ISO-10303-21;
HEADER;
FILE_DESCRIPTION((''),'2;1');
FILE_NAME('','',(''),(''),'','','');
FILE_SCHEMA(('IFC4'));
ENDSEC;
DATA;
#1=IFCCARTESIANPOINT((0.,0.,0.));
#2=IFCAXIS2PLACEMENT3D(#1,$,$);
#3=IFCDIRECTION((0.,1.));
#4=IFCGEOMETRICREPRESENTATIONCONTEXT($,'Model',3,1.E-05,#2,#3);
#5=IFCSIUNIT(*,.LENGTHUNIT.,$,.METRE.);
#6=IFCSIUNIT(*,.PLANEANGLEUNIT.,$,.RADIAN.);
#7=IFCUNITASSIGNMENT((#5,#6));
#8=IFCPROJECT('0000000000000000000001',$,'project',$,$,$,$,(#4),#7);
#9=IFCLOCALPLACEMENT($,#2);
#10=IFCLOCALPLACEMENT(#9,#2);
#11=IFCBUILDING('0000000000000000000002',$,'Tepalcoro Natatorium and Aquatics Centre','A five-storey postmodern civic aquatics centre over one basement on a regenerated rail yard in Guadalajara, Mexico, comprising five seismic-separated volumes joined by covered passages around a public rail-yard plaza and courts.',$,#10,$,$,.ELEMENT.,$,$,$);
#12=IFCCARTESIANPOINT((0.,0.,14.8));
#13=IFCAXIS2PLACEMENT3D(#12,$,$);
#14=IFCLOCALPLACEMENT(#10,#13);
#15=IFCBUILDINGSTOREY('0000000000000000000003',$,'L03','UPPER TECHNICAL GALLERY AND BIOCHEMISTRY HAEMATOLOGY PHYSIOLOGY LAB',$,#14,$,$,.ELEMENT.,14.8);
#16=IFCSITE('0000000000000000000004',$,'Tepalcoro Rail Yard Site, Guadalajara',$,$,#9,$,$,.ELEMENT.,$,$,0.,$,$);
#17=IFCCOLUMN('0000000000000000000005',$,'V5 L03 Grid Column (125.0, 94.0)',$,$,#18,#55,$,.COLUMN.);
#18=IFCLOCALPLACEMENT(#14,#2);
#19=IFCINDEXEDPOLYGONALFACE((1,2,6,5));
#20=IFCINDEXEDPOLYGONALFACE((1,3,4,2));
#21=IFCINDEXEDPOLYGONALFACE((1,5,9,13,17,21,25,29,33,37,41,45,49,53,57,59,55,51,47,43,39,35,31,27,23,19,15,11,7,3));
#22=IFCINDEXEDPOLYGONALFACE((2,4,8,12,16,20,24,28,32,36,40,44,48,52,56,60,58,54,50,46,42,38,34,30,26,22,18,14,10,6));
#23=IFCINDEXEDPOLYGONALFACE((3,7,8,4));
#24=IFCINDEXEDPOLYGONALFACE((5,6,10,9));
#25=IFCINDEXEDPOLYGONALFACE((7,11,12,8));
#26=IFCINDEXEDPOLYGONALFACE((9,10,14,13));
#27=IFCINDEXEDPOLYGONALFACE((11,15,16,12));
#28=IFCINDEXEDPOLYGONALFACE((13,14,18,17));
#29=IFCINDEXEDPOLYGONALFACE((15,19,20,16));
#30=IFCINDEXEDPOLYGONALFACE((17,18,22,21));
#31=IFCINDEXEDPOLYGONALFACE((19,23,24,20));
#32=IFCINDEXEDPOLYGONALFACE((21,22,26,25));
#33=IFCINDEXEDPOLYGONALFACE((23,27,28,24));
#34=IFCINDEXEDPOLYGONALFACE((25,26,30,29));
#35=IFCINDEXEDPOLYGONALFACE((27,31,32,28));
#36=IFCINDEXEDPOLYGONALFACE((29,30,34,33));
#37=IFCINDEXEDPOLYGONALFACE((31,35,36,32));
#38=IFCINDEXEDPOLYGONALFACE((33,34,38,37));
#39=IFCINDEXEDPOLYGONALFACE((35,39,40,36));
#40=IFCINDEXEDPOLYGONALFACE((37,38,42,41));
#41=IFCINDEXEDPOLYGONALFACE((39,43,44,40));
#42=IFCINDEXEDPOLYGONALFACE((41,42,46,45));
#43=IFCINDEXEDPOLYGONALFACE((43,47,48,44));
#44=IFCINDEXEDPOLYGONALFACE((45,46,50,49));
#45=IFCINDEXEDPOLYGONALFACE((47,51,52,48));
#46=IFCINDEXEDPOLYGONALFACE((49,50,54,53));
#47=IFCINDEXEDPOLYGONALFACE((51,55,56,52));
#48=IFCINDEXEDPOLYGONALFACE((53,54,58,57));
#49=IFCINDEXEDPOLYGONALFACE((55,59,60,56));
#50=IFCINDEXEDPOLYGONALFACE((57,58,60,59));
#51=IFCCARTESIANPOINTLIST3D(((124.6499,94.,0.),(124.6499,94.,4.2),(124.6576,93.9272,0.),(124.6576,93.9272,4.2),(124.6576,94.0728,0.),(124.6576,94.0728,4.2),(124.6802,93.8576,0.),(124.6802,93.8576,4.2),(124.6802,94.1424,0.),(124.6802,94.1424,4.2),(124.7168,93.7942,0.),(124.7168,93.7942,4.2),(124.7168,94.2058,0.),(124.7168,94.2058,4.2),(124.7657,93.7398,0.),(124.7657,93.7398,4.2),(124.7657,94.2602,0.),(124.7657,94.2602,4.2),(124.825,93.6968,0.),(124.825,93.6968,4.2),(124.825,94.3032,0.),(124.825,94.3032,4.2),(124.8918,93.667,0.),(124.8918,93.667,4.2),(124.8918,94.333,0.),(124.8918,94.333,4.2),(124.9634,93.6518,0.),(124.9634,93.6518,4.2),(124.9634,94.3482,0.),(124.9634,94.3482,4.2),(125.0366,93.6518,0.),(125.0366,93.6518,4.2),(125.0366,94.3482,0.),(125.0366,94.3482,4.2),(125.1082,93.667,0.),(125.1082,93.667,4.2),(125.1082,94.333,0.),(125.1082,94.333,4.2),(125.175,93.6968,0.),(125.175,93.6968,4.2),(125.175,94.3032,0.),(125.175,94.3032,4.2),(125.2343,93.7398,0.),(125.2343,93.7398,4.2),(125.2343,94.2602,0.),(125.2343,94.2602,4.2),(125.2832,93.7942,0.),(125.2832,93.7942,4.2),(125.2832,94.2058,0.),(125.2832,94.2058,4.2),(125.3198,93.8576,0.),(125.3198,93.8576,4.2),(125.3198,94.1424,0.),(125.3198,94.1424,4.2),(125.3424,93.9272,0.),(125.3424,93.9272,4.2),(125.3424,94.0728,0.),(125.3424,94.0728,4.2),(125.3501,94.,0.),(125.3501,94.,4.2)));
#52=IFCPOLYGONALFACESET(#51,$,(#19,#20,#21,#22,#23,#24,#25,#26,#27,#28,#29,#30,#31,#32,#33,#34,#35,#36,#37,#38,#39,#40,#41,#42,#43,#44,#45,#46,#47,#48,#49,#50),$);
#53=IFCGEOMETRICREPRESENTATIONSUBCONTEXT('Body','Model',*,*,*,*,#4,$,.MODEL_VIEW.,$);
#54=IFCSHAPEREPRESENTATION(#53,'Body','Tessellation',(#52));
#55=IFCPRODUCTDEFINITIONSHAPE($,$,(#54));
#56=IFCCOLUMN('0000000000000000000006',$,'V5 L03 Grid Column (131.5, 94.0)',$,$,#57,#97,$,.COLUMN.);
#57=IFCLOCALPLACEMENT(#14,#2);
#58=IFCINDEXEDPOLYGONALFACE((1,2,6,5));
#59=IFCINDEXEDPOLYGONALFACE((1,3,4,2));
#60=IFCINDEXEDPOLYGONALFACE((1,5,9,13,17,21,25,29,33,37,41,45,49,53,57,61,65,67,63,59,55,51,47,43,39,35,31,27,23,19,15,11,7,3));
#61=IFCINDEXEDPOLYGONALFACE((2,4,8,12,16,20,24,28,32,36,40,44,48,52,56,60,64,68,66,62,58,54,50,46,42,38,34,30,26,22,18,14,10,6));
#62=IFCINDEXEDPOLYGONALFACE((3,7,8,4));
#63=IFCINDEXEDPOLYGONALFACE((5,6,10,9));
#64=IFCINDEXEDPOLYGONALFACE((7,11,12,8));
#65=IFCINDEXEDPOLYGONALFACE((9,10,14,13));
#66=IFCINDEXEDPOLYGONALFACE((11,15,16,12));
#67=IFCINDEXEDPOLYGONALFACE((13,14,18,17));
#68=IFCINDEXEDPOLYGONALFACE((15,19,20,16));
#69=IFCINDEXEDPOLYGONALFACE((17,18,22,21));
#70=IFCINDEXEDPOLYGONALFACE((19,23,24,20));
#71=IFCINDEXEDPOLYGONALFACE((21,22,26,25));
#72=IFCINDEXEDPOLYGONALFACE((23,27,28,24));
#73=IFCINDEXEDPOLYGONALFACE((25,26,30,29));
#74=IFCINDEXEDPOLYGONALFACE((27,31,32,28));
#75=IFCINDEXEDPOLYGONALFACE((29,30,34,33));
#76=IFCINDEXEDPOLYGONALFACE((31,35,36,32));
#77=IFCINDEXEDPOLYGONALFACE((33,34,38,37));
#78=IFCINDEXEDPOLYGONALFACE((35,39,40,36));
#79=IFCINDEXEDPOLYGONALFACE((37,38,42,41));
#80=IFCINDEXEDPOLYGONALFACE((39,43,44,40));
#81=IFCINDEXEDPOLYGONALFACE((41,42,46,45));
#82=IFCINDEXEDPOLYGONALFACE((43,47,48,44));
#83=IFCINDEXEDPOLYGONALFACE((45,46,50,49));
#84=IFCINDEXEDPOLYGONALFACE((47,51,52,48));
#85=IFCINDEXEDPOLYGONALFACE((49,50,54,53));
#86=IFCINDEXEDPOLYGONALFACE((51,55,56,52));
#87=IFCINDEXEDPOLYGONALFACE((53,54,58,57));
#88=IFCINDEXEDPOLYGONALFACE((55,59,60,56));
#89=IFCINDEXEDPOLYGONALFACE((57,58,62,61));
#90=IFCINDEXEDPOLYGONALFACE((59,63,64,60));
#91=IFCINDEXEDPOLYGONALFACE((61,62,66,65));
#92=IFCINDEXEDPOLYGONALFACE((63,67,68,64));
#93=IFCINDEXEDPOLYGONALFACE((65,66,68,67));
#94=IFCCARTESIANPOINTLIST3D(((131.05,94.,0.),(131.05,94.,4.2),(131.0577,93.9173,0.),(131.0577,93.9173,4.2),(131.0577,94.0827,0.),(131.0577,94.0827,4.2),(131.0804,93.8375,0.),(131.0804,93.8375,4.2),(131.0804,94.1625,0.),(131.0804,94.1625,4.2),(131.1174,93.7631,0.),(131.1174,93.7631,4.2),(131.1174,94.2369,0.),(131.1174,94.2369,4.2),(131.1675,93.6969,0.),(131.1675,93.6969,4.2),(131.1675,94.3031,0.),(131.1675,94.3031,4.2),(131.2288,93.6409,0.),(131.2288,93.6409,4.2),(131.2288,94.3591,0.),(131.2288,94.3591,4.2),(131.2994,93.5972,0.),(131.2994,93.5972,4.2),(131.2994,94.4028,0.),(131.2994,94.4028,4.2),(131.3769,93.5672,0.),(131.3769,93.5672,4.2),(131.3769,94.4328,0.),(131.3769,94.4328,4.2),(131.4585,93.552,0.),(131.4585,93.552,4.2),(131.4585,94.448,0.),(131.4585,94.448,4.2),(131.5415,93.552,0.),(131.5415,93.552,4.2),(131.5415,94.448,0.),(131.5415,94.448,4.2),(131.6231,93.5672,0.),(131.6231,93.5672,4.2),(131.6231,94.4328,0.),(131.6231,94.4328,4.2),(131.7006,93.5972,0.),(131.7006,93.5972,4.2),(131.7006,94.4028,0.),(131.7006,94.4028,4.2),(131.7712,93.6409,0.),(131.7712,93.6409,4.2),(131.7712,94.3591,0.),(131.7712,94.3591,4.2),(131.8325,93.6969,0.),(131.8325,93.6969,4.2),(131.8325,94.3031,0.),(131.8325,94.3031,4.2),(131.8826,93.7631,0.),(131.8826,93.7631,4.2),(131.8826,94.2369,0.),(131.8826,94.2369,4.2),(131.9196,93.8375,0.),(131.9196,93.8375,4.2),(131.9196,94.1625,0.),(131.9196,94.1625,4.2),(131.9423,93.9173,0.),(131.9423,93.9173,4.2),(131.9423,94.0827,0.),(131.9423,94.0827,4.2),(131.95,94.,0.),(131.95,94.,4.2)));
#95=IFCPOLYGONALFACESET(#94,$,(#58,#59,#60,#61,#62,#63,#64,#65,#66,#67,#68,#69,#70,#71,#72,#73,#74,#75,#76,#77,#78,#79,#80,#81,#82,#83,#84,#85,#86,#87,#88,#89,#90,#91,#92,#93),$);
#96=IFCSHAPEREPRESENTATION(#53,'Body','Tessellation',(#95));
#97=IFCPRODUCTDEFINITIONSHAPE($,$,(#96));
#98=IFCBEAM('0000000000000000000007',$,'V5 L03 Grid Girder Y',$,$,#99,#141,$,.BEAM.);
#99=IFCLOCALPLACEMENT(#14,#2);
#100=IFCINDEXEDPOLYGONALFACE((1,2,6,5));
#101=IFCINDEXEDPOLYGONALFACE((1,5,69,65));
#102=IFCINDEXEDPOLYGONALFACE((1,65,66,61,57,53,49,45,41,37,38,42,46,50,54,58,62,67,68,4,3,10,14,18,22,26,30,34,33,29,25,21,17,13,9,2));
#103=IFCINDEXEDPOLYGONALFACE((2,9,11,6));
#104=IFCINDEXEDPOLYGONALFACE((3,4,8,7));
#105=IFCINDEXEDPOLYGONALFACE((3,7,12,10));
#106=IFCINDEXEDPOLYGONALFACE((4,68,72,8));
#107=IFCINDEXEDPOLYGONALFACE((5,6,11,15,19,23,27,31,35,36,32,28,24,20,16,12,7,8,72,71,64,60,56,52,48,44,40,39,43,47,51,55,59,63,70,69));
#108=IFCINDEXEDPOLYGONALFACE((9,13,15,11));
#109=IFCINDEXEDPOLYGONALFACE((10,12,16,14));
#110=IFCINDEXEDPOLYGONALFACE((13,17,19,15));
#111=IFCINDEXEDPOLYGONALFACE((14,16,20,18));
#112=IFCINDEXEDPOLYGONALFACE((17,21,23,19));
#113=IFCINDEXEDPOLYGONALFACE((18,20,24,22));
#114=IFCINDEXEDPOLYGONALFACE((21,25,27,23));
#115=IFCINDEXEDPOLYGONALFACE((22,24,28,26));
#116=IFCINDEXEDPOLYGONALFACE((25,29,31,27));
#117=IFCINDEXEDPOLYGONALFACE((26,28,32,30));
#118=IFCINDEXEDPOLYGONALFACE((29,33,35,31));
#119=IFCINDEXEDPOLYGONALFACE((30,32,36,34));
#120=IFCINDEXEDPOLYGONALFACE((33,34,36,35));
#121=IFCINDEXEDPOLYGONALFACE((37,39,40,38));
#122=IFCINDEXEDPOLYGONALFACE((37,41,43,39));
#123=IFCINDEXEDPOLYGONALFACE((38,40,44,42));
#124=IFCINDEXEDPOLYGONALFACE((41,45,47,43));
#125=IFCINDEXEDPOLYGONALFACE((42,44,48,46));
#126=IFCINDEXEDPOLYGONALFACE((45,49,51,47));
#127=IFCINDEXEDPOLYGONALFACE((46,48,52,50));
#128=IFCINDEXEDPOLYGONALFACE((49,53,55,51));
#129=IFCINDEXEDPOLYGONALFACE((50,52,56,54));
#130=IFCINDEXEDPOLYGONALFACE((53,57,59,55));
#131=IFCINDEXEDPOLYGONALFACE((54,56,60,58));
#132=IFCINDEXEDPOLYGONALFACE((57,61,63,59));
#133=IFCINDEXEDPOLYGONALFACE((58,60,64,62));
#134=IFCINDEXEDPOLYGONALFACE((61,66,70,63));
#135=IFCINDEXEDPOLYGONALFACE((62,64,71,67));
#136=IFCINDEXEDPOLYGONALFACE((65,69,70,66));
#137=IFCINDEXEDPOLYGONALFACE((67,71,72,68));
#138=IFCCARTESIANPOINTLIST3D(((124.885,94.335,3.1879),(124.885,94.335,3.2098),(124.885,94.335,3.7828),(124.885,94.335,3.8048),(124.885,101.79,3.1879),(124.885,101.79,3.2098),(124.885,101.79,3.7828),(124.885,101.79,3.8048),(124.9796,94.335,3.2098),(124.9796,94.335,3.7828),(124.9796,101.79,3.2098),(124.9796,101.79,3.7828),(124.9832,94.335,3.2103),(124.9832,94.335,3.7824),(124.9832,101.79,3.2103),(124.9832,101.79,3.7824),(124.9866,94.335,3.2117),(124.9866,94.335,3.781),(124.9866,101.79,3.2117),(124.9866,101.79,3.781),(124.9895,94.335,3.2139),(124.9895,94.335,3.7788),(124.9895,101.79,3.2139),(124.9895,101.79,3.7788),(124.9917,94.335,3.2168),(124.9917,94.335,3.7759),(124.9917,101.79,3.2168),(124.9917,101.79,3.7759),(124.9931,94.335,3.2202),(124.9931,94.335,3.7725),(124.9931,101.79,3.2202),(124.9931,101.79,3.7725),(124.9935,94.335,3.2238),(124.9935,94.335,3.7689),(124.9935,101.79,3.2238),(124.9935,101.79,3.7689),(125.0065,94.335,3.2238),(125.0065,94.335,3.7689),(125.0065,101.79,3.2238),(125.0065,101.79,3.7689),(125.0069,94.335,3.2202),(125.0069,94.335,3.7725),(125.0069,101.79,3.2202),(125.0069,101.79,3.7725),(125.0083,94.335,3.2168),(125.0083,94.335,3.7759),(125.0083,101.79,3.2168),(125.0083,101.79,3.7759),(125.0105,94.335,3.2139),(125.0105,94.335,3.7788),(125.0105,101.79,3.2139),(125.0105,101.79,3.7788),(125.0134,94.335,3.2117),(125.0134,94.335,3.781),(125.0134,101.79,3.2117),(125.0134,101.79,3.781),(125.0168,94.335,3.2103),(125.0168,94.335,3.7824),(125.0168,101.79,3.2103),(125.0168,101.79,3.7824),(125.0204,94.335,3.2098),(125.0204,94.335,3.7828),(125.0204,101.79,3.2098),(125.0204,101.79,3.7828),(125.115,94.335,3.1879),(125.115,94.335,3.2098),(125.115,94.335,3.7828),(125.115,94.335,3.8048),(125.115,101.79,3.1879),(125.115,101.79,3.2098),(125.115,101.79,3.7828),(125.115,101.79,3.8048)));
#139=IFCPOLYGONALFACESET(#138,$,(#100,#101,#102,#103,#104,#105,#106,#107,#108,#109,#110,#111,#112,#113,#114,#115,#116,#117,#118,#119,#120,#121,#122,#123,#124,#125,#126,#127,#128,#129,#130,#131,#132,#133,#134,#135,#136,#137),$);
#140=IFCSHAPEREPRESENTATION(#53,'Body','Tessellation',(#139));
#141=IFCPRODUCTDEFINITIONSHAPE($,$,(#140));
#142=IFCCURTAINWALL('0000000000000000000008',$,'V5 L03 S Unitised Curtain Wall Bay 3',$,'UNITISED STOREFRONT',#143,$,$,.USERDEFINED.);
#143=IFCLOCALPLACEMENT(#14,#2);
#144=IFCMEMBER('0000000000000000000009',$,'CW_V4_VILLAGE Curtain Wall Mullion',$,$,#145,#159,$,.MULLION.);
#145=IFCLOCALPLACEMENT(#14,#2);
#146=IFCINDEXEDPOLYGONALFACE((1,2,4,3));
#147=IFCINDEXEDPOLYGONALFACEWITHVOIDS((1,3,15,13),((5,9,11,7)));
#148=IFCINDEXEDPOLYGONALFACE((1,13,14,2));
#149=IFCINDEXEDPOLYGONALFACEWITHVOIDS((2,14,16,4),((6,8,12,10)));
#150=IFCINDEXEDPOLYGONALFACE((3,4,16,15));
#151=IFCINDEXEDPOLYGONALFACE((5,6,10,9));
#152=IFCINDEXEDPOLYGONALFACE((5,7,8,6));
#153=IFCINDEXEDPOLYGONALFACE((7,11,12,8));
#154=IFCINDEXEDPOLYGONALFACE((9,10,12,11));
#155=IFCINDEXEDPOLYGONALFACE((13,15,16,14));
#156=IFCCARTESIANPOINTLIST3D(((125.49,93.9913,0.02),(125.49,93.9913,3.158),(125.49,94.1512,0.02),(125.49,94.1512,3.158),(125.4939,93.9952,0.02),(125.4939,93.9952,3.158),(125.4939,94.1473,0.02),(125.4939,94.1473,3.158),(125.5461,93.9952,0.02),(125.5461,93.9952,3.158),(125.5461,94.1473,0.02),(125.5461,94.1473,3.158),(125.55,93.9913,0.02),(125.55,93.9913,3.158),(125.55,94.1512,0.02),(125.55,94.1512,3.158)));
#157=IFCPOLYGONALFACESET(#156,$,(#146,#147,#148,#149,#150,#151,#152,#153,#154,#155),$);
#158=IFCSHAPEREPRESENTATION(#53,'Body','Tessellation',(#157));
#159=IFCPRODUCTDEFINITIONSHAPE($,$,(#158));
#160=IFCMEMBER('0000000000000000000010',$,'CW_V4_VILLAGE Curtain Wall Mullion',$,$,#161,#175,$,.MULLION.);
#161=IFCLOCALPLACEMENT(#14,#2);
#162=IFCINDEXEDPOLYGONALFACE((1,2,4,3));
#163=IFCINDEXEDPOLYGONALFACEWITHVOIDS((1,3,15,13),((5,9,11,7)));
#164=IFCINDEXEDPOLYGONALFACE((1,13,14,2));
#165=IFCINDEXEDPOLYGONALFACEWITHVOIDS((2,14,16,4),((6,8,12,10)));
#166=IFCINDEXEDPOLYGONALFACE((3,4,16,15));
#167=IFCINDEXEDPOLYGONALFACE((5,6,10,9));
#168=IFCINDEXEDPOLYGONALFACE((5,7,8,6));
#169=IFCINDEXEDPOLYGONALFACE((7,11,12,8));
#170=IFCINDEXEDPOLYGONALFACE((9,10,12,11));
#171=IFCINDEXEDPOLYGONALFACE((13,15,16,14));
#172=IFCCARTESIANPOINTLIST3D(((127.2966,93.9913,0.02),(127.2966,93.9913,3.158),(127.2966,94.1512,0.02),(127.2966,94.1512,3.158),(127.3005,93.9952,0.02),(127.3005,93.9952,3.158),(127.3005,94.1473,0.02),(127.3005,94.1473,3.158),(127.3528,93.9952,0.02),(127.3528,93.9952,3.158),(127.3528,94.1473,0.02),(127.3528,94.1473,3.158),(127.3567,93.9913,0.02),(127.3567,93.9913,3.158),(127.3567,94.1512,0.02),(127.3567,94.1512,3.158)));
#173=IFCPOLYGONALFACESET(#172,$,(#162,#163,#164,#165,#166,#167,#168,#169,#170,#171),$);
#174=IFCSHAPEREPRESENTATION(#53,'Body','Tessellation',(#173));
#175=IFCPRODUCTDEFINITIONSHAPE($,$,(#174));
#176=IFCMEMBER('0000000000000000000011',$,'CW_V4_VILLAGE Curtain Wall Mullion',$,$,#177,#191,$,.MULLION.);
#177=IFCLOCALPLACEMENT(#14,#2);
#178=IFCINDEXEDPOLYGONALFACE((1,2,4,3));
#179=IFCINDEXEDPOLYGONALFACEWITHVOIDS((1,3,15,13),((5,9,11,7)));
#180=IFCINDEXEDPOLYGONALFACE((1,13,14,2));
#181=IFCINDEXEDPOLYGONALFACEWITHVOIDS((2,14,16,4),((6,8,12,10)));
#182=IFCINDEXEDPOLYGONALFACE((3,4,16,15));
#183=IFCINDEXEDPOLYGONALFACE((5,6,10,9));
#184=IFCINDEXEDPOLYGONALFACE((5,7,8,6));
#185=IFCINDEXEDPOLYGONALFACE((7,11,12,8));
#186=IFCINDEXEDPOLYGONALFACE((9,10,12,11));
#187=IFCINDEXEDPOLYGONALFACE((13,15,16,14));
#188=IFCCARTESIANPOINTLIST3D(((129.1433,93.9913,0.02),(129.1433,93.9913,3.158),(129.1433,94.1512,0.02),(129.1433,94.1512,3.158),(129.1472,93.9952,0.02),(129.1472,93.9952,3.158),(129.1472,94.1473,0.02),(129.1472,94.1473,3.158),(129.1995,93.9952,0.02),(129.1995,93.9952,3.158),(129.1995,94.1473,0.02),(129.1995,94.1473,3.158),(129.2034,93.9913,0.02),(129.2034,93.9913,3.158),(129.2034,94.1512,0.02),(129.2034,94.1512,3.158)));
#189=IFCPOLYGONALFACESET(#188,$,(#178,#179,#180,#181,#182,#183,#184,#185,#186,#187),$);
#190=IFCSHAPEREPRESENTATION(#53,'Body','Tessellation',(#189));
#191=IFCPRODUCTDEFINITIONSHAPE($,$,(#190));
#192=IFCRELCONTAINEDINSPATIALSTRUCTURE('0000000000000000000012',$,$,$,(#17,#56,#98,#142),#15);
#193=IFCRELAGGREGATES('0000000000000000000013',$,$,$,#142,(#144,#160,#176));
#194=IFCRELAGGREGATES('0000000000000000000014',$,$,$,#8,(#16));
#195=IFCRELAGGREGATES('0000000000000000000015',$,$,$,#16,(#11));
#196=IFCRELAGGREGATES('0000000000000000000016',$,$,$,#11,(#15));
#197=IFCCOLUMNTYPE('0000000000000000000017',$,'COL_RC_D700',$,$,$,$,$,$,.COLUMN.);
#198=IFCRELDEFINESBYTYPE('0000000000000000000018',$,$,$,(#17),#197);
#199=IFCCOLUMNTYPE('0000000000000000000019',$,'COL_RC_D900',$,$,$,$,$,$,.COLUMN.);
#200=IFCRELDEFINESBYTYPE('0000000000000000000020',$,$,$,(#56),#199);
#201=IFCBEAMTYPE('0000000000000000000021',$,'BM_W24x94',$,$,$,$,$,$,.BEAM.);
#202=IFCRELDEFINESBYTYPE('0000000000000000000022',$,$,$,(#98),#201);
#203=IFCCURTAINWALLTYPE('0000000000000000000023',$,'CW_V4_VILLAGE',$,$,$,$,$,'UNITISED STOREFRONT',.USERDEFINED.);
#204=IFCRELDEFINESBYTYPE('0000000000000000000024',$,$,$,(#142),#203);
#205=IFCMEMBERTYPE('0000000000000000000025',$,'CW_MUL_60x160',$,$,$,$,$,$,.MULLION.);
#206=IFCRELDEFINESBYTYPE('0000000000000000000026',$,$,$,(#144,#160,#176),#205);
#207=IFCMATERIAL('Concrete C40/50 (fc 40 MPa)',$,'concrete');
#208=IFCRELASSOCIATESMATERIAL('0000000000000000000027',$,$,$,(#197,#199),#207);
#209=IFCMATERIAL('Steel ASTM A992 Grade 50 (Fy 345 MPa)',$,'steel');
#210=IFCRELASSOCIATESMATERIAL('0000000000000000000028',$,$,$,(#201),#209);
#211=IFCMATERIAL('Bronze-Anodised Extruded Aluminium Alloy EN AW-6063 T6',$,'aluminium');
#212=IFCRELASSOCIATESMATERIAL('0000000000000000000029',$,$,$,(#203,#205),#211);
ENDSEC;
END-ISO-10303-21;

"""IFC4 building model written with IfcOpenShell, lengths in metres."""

from ifc_helpers import new_model, si_unit, direction, frame, origin, origin_2d, place, context, subcontext, project, spatial, hollow_rectangle, circle, i_section, extrude, material, material_profile, profile_set, type_object, element, aggregate, save


model = new_model("IFC4")

# Units and contexts
model_context = context("Model", 3, precision=1e-05, world=origin(), true_north=direction((0.0, 1.0)))
body_context = subcontext(model_context, "Body", "Model", "MODEL_VIEW")
ifc_project = project(units=[si_unit("LENGTHUNIT", "METRE"), si_unit("PLANEANGLEUNIT", "RADIAN")], contexts=[model_context])

# Site, building, storey
site_placement = place(None, origin())
site = spatial("IfcSite", under=ifc_project, at=site_placement, Name="Tepalcoro Rail Yard Site, Guadalajara", CompositionType="ELEMENT", RefElevation=0.0)
building_placement = place(site_placement, origin())
building = spatial("IfcBuilding", under=site, at=building_placement, Name="Tepalcoro Natatorium and Aquatics Centre", Description="A five-storey postmodern civic aquatics centre over one basement on a regenerated rail yard in Guadalajara, Mexico, comprising five seismic-separated volumes joined by covered passages around a public rail-yard plaza and courts.", CompositionType="ELEMENT")
storey_placement = place(building_placement, frame((0.0, 0.0, 14.8)))
storey = spatial("IfcBuildingStorey", under=building, at=storey_placement, Name="L03", Description="UPPER TECHNICAL GALLERY AND BIOCHEMISTRY HAEMATOLOGY PHYSIOLOGY LAB", CompositionType="ELEMENT", Elevation=14.8)

# Columns
ifc_material_1 = material(Name="Concrete C40/50 (fc 40 MPa)", Category="concrete")
ifc_material_profile_1 = material_profile(ifc_material_1, circle(Radius=0.3501, at=origin_2d()), Name="RCD700")
ifc_profile_set_1 = profile_set([ifc_material_profile_1], Name="Concrete C40/50 (fc 40 MPa)")
column_type_1 = type_object("IfcColumnType", Name="COL_RC_D700", PredefinedType="COLUMN", material=ifc_profile_set_1)
column_1_placement = place(storey_placement, frame((125.0, 94.0, 0.0), z_axis=(0.0, 0.0, 1.0), x_axis=(1.0, 0.0, 0.0)))
element("IfcColumn", 1, at=column_1_placement, inside=storey, type_object=column_type_1, Name="V5 L03 Grid Column (125.0, 94.0)", PredefinedType="COLUMN", context=body_context, shape_type="SweptSolid", body=[
    extrude(circle(Radius=0.3501, at=origin_2d()), origin(), (0.0, 0.0, 1.0), 4.2),
])
ifc_material_profile_2 = material_profile(ifc_material_1, circle(Radius=0.45, at=origin_2d()), Name="RCD900")
ifc_profile_set_2 = profile_set([ifc_material_profile_2], Name="Concrete C40/50 (fc 40 MPa)")
column_type_2 = type_object("IfcColumnType", Name="COL_RC_D900", PredefinedType="COLUMN", material=ifc_profile_set_2)
column_2_placement = place(storey_placement, frame((131.5, 94.0, 0.0), z_axis=(0.0, 0.0, 1.0), x_axis=(1.0, 0.0, 0.0)))
element("IfcColumn", 2, at=column_2_placement, inside=storey, type_object=column_type_2, Name="V5 L03 Grid Column (131.5, 94.0)", PredefinedType="COLUMN", context=body_context, shape_type="SweptSolid", body=[
    extrude(circle(Radius=0.45, at=origin_2d()), origin(), (0.0, 0.0, 1.0), 4.2),
])

# Beam
ifc_material_2 = material(Name="Steel ASTM A992 Grade 50 (Fy 345 MPa)", Category="steel")
ifc_material_profile_3 = material_profile(ifc_material_2, i_section(OverallWidth=0.23, OverallDepth=0.6169, WebThickness=0.0129, FlangeThickness=0.022, FilletRadius=0.0139, at=origin_2d()), Name="W24X94")
ifc_profile_set_3 = profile_set([ifc_material_profile_3], Name="Steel ASTM A992 Grade 50 (Fy 345 MPa)")
beam_type_1 = type_object("IfcBeamType", Name="BM_W24x94", PredefinedType="BEAM", material=ifc_profile_set_3)
beam_1_placement = place(storey_placement, frame((125.0, 94.335, 3.4963), z_axis=(0.0, 1.0, 0.0), x_axis=(-1.0, 0.0, 0.0)))
element("IfcBeam", 3, at=beam_1_placement, inside=storey, type_object=beam_type_1, Name="V5 L03 Grid Girder Y", PredefinedType="BEAM", context=body_context, shape_type="SweptSolid", body=[
    extrude(i_section(OverallWidth=0.23, OverallDepth=0.6169, WebThickness=0.0129, FlangeThickness=0.022, FilletRadius=0.0139, at=origin_2d()), origin(), (0.0, 0.0, 1.0), 7.4551),
])

# Curtain wall, members
ifc_material_3 = material(Name="Bronze-Anodised Extruded Aluminium Alloy EN AW-6063 T6", Category="aluminium")
curtain_wall_type_1 = type_object("IfcCurtainWallType", Name="CW_V4_VILLAGE", ElementType="UNITISED STOREFRONT", PredefinedType="USERDEFINED", material=ifc_material_3)
curtain_wall_1_placement = place(storey_placement, origin())
curtain_wall_1 = element("IfcCurtainWall", 4, at=curtain_wall_1_placement, inside=storey, type_object=curtain_wall_type_1, Name="V5 L03 S Unitised Curtain Wall Bay 3", ObjectType="UNITISED STOREFRONT", PredefinedType="USERDEFINED")
ifc_material_profile_4 = material_profile(ifc_material_3, hollow_rectangle(XDim=0.0601, YDim=0.1599, WallThickness=0.0039, at=origin_2d()), Name="AL60X160X4")
ifc_profile_set_4 = profile_set([ifc_material_profile_4], Name="Bronze-Anodised Extruded Aluminium Alloy EN AW-6063 T6")
member_type_1 = type_object("IfcMemberType", Name="CW_MUL_60x160", PredefinedType="MULLION", material=ifc_profile_set_4)
member_1_placement = place(storey_placement, frame((125.52, 94.0713, 0.02), z_axis=(0.0, 0.0, 1.0), x_axis=(1.0, 0.0, 0.0)))
member_1 = element("IfcMember", 5, at=member_1_placement, type_object=member_type_1, Name="CW_V4_VILLAGE Curtain Wall Mullion", PredefinedType="MULLION", context=body_context, shape_type="SweptSolid", body=[
    extrude(hollow_rectangle(XDim=0.0601, YDim=0.1599, WallThickness=0.0039, at=origin_2d()), origin(), (0.0, 0.0, 1.0), 3.1379),
])
member_2_placement = place(storey_placement, frame((127.3267, 94.0713, 0.02), z_axis=(0.0, 0.0, 1.0), x_axis=(1.0, 0.0, 0.0)))
member_2 = element("IfcMember", 6, at=member_2_placement, type_object=member_type_1, Name="CW_V4_VILLAGE Curtain Wall Mullion", PredefinedType="MULLION", context=body_context, shape_type="SweptSolid", body=[
    extrude(hollow_rectangle(XDim=0.0601, YDim=0.1599, WallThickness=0.0039, at=origin_2d()), origin(), (0.0, 0.0, 1.0), 3.1379),
])
member_3_placement = place(storey_placement, frame((129.1733, 94.0713, 0.02), z_axis=(0.0, 0.0, 1.0), x_axis=(1.0, 0.0, 0.0)))
member_3 = element("IfcMember", 7, at=member_3_placement, type_object=member_type_1, Name="CW_V4_VILLAGE Curtain Wall Mullion", PredefinedType="MULLION", context=body_context, shape_type="SweptSolid", body=[
    extrude(hollow_rectangle(XDim=0.0601, YDim=0.1599, WallThickness=0.0039, at=origin_2d()), origin(), (0.0, 0.0, 1.0), 3.1379),
])

aggregate(curtain_wall_1, [member_1, member_2, member_3])

save(model, "model.ifc")
